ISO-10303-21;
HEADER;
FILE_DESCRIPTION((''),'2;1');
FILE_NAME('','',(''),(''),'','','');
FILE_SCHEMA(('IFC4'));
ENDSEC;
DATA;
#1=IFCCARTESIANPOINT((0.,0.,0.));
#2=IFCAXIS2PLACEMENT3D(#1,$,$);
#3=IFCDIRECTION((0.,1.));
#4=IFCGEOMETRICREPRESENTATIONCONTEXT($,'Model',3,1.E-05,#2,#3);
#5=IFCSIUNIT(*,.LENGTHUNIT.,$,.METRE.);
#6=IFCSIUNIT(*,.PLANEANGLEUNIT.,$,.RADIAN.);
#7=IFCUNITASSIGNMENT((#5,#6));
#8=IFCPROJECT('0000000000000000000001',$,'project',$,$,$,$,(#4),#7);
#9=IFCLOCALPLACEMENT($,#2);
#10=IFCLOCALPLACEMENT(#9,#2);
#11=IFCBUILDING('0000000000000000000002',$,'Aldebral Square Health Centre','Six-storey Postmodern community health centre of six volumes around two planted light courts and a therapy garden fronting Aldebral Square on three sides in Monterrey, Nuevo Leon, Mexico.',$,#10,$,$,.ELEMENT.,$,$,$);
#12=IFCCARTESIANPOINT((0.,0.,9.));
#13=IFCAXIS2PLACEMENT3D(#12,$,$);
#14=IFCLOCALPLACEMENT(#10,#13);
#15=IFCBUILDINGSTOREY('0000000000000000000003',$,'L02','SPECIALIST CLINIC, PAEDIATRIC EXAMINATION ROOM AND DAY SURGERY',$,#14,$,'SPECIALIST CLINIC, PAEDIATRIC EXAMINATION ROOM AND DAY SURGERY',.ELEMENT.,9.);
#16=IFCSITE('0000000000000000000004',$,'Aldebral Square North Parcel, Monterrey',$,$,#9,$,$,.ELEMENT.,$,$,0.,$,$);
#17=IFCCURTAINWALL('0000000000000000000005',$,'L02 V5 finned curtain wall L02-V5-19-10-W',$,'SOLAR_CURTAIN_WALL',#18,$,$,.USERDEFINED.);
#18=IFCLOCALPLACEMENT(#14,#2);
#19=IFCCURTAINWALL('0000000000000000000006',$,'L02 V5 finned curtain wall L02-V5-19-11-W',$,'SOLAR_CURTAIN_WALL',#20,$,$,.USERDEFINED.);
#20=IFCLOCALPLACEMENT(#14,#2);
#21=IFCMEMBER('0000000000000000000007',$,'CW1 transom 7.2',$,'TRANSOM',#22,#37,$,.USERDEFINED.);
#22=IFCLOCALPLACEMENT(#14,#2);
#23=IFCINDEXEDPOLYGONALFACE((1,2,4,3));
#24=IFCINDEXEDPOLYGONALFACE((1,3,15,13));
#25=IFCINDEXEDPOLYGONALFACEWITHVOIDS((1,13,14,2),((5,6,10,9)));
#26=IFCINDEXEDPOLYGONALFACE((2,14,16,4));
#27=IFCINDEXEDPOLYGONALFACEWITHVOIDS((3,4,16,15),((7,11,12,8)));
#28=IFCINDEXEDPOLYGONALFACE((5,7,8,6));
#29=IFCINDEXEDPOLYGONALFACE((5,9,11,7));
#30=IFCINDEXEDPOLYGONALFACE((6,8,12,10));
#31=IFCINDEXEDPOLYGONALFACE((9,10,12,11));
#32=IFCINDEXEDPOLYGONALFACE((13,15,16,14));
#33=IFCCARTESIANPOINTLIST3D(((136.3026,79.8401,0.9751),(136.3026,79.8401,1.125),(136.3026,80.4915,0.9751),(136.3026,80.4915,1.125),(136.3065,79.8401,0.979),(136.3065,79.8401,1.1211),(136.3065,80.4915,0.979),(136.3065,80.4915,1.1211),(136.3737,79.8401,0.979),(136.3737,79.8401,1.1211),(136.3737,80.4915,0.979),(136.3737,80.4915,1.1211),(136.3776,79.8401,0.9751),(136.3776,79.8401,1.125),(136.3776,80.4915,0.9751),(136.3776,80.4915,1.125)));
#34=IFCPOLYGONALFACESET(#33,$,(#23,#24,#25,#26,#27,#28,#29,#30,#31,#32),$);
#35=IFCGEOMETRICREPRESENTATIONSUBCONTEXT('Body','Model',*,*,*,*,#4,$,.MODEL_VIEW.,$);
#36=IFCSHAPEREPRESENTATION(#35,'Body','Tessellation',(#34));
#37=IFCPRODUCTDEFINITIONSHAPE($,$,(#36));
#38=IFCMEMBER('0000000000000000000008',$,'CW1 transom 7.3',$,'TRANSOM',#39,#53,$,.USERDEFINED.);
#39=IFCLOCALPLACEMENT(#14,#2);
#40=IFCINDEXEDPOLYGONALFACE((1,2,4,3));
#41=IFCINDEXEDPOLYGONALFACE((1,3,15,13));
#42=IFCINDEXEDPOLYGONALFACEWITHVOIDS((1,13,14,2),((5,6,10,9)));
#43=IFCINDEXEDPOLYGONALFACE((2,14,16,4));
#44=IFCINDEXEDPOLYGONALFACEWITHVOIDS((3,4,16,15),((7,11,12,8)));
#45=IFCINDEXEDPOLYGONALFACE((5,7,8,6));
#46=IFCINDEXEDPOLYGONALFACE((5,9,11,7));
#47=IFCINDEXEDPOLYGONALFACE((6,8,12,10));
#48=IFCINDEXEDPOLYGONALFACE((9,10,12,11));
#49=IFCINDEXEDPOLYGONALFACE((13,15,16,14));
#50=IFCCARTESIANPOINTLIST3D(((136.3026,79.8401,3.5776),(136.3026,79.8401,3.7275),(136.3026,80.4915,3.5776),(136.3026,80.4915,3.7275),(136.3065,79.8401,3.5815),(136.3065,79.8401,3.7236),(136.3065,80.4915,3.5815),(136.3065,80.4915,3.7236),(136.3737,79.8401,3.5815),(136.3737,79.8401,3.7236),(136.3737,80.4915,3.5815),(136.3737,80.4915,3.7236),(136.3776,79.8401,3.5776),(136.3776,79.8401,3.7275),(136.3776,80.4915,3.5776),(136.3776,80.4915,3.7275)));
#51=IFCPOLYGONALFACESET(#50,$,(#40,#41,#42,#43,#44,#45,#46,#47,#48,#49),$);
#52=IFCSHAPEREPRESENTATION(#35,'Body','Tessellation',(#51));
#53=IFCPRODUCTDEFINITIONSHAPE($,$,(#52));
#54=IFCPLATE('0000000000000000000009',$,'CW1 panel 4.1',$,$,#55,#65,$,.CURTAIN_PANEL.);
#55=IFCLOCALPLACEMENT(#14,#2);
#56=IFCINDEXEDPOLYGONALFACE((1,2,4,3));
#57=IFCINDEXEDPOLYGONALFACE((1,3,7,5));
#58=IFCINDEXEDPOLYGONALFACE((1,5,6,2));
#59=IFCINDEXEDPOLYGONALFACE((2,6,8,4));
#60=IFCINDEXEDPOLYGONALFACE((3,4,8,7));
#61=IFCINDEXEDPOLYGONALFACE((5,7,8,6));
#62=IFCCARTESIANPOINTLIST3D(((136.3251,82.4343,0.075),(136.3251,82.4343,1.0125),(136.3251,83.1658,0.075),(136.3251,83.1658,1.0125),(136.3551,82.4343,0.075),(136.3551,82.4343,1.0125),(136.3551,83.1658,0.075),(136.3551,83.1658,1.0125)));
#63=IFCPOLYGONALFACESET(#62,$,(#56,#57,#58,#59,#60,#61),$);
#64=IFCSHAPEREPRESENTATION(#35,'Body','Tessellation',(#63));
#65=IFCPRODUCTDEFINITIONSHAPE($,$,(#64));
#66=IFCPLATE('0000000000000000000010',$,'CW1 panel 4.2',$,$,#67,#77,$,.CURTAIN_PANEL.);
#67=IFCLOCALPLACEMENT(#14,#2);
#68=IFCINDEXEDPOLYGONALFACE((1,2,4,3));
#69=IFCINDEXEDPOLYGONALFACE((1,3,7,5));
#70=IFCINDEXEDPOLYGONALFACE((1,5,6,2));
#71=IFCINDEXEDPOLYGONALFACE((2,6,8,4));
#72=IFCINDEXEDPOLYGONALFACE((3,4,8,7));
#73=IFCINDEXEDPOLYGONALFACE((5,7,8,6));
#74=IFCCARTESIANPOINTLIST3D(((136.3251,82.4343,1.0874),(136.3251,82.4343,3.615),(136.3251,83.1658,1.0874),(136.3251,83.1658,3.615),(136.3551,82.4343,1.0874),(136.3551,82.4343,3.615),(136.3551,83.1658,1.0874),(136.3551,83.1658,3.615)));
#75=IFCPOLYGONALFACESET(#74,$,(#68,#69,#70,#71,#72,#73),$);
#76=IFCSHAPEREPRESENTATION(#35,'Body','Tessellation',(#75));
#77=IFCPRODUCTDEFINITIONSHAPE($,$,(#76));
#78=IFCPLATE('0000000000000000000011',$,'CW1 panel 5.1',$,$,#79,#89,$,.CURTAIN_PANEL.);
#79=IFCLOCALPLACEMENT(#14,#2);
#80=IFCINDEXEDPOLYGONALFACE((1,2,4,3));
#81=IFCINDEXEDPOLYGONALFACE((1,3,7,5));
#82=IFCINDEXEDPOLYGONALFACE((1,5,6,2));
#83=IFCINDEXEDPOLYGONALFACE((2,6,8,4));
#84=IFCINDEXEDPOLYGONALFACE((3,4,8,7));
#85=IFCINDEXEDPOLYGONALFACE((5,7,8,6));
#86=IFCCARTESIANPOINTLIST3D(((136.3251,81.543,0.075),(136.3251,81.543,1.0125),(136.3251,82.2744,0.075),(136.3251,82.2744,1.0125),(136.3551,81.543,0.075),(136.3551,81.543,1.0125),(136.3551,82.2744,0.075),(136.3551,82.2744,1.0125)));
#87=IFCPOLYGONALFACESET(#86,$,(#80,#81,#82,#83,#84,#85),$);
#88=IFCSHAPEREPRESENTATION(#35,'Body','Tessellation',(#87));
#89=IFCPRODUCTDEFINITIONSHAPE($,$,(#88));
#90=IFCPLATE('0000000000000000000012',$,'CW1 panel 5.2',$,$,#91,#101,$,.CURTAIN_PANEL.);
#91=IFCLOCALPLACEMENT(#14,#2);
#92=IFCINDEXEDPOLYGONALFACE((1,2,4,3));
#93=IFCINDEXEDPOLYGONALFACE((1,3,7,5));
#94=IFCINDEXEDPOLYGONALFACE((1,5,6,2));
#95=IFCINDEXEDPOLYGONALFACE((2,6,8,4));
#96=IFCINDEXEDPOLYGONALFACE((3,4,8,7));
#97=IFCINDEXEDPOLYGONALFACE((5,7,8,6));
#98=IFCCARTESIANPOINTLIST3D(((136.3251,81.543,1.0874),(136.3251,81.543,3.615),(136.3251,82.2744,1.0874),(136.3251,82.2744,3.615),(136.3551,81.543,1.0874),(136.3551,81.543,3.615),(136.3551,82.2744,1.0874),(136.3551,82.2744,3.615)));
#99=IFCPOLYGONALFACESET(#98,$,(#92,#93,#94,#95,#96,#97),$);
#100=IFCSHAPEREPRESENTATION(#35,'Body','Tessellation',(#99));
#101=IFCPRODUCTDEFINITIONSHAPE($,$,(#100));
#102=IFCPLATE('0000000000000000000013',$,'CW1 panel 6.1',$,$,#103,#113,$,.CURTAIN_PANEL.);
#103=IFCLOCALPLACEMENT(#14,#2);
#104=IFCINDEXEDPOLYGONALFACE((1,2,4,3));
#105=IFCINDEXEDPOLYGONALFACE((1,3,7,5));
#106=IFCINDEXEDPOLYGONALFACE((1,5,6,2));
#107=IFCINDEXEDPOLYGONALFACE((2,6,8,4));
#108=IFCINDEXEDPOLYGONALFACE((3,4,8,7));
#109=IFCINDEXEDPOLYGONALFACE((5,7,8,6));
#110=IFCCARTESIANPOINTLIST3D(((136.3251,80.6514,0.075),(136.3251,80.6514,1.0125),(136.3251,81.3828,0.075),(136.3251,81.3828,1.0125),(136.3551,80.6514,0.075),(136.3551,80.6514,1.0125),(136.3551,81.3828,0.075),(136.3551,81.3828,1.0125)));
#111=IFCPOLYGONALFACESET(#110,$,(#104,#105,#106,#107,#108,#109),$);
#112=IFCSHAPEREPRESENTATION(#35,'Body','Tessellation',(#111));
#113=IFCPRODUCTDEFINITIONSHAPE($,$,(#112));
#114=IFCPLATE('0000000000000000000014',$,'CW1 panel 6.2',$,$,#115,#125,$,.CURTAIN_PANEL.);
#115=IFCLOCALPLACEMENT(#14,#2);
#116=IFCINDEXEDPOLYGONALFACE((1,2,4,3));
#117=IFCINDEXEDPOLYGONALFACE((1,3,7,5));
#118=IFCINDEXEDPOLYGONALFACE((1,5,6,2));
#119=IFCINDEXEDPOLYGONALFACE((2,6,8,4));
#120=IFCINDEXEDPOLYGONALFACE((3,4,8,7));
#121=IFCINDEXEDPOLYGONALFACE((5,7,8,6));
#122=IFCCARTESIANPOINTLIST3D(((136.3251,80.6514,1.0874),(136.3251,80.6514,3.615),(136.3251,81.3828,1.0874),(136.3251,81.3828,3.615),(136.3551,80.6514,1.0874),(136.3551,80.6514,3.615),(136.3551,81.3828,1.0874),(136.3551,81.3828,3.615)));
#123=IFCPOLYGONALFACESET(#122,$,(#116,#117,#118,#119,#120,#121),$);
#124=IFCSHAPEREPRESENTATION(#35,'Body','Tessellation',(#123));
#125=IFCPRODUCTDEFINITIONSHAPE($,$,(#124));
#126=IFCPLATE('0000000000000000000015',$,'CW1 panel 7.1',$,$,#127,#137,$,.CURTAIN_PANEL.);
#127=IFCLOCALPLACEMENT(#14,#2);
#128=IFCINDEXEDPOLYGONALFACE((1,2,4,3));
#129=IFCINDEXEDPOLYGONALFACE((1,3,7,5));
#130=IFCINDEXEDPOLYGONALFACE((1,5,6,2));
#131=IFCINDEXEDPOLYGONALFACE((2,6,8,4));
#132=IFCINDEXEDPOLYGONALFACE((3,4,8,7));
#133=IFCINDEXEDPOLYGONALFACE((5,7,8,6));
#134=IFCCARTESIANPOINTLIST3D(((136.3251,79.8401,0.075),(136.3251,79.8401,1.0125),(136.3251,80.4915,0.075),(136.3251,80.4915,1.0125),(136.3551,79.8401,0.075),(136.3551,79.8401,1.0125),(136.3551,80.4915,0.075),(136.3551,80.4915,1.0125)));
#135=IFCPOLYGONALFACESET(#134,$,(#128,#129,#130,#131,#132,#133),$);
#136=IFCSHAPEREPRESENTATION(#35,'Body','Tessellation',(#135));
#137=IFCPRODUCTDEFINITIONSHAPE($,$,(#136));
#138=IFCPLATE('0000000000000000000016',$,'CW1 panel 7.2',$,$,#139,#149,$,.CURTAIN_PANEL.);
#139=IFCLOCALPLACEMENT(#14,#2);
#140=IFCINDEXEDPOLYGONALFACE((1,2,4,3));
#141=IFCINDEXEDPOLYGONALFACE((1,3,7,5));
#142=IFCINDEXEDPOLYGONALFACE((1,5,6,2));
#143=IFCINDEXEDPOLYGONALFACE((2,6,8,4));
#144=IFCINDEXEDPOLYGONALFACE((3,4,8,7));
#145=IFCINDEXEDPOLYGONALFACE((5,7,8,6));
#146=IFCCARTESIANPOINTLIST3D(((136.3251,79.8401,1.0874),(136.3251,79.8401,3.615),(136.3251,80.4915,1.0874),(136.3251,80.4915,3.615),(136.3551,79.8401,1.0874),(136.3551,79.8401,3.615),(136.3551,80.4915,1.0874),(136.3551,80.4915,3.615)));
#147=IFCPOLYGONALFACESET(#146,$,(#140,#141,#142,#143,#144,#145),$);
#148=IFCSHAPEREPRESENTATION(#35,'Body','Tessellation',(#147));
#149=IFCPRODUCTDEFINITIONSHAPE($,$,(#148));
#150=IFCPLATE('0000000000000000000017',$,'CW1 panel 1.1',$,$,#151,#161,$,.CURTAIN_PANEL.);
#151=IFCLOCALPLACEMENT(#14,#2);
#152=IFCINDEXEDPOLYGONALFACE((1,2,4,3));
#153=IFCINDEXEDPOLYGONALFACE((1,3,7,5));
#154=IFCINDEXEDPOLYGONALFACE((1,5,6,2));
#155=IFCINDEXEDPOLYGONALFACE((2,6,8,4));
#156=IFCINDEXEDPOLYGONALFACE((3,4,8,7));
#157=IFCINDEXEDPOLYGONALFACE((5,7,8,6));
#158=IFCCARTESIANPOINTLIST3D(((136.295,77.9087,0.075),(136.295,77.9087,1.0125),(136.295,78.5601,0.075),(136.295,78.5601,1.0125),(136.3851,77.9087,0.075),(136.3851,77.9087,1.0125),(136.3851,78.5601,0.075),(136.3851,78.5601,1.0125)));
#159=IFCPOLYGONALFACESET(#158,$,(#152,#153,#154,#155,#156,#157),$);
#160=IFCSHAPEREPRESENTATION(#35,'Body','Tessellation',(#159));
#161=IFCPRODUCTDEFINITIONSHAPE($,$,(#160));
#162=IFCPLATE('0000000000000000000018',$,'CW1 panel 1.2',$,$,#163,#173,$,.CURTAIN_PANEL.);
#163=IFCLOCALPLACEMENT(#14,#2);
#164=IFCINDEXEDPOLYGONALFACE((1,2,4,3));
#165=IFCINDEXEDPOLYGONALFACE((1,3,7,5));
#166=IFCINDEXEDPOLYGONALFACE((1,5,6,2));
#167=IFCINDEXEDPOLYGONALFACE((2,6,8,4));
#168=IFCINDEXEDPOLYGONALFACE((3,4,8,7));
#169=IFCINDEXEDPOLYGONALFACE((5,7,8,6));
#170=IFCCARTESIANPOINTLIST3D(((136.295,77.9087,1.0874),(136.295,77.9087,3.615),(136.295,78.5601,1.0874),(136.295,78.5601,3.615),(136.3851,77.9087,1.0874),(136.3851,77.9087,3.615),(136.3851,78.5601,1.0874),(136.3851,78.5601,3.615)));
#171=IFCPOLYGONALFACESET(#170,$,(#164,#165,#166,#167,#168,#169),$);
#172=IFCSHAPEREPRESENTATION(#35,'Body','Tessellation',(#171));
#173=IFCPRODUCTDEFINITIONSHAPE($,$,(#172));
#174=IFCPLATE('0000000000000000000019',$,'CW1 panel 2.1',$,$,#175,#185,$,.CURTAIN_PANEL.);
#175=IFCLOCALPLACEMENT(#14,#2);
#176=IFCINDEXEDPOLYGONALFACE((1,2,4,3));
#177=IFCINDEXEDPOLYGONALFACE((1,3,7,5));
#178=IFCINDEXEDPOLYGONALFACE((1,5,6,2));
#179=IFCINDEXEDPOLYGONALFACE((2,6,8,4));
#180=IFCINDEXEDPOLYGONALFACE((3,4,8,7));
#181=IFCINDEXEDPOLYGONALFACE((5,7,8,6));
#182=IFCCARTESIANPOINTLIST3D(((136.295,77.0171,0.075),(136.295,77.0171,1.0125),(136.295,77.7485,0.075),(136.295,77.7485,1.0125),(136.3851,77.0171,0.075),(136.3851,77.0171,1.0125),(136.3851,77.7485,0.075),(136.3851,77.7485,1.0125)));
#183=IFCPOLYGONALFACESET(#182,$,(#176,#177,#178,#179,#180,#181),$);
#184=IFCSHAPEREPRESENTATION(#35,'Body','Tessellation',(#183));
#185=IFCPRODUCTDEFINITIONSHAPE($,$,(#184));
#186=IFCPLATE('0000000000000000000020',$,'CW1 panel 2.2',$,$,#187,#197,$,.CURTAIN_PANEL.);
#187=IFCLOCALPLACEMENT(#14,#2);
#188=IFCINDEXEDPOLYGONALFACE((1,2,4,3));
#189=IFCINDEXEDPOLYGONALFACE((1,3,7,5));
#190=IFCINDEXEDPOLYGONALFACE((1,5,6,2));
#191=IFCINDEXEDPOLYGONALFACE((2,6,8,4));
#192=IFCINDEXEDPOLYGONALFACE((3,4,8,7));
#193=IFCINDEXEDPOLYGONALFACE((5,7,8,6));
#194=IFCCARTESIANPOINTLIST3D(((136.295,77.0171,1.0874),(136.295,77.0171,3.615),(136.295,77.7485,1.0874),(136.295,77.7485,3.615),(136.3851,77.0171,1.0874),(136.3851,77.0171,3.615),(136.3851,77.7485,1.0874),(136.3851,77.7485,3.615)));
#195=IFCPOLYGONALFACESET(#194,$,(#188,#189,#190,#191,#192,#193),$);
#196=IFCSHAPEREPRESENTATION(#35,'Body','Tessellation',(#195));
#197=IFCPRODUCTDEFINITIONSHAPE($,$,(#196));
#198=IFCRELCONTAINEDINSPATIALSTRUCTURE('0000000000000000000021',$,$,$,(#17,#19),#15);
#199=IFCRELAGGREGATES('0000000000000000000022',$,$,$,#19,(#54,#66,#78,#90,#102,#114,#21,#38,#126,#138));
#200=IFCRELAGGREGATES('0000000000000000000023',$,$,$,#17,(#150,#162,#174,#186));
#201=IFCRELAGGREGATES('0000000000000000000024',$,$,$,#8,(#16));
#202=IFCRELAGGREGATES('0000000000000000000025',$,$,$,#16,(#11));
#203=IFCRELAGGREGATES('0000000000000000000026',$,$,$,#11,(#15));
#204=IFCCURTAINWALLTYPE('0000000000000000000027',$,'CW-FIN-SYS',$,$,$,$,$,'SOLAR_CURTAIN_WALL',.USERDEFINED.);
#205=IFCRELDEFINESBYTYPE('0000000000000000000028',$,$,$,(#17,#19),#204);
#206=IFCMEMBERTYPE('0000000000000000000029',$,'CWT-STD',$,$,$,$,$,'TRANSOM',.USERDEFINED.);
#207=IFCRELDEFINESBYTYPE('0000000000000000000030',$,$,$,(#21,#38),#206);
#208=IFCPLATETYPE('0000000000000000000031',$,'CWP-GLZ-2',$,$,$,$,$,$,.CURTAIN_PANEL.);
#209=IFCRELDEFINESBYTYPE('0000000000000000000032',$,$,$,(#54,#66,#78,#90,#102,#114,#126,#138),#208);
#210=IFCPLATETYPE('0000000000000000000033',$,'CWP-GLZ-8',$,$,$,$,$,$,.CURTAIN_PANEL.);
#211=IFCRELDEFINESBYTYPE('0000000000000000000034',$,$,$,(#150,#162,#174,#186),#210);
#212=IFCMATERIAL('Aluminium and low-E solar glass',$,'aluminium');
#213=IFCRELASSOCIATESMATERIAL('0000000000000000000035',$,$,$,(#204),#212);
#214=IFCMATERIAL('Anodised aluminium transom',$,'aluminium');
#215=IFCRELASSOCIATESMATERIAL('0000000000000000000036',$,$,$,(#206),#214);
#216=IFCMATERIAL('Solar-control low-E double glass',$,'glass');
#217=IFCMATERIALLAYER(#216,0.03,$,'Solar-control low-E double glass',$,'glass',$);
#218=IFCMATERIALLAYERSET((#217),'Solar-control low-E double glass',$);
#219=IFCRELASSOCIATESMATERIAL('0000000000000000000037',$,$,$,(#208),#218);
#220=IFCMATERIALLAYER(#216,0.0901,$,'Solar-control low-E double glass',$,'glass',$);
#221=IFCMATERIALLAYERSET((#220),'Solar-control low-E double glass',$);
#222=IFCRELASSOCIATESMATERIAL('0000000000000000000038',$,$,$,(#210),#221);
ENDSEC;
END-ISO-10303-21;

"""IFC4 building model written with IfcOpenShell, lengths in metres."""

from ifc_helpers import new_model, si_unit, direction, frame, origin, origin_2d, place, context, subcontext, project, spatial, rectangle, hollow_rectangle, extrude, material, layer, layer_set, material_profile, profile_set, type_object, element, aggregate, save


model = new_model("IFC4")

# Units and contexts
model_context = context("Model", 3, precision=1e-05, world=origin(), true_north=direction((0.0, 1.0)))
body_context = subcontext(model_context, "Body", "Model", "MODEL_VIEW")
ifc_project = project(units=[si_unit("LENGTHUNIT", "METRE"), si_unit("PLANEANGLEUNIT", "RADIAN")], contexts=[model_context])

# Site, building, storey
site_placement = place(None, origin())
site = spatial("IfcSite", under=ifc_project, at=site_placement, Name="Aldebral Square North Parcel, Monterrey", CompositionType="ELEMENT", RefElevation=0.0)
building_placement = place(site_placement, origin())
building = spatial("IfcBuilding", under=site, at=building_placement, Name="Aldebral Square Health Centre", Description="Six-storey Postmodern community health centre of six volumes around two planted light courts and a therapy garden fronting Aldebral Square on three sides in Monterrey, Nuevo Leon, Mexico.", CompositionType="ELEMENT")
storey_placement = place(building_placement, frame((0.0, 0.0, 9.0)))
storey = spatial("IfcBuildingStorey", under=building, at=storey_placement, Name="L02", Description="SPECIALIST CLINIC, PAEDIATRIC EXAMINATION ROOM AND DAY SURGERY", LongName="SPECIALIST CLINIC, PAEDIATRIC EXAMINATION ROOM AND DAY SURGERY", CompositionType="ELEMENT", Elevation=9.0)

# Curtain walls
ifc_material_1 = material(Name="Aluminium and low-E solar glass", Category="aluminium")
curtain_wall_type = type_object("IfcCurtainWallType", Name="CW-FIN-SYS", ElementType="SOLAR_CURTAIN_WALL", PredefinedType="USERDEFINED", material=ifc_material_1)
curtain_wall_1_placement = place(storey_placement, origin())
curtain_wall_1 = element("IfcCurtainWall", 1, at=curtain_wall_1_placement, inside=storey, type_object=curtain_wall_type, Name="L02 V5 finned curtain wall L02-V5-19-10-W", ObjectType="SOLAR_CURTAIN_WALL", PredefinedType="USERDEFINED")
curtain_wall_2_placement = place(storey_placement, origin())
curtain_wall_2 = element("IfcCurtainWall", 2, at=curtain_wall_2_placement, inside=storey, type_object=curtain_wall_type, Name="L02 V5 finned curtain wall L02-V5-19-11-W", ObjectType="SOLAR_CURTAIN_WALL", PredefinedType="USERDEFINED")

# Members
ifc_material_2 = material(Name="Anodised aluminium transom", Category="aluminium")
ifc_material_profile_1 = material_profile(ifc_material_2, hollow_rectangle(XDim=0.075, YDim=0.1499, WallThickness=0.0039, at=origin_2d()), Name="CWT 75x150x4")
ifc_profile_set_1 = profile_set([ifc_material_profile_1], Name="Anodised aluminium transom")
member_type_1 = type_object("IfcMemberType", Name="CWT-STD", ElementType="TRANSOM", PredefinedType="USERDEFINED", material=ifc_profile_set_1)
member_1_placement = place(storey_placement, frame((136.3401, 80.4915, 1.05), z_axis=(0.0, -1.0, 0.0), x_axis=(1.0, 0.0, 0.0)))
member_1 = element("IfcMember", 3, at=member_1_placement, type_object=member_type_1, Name="CW1 transom 7.2", ObjectType="TRANSOM", PredefinedType="USERDEFINED", context=body_context, shape_type="SweptSolid", body=[
    extrude(hollow_rectangle(XDim=0.075, YDim=0.1499, WallThickness=0.0039, at=origin_2d()), origin(), (0.0, 0.0, 1.0), 0.6514),
])
member_2_placement = place(storey_placement, frame((136.3401, 80.4915, 3.6526), z_axis=(0.0, -1.0, 0.0), x_axis=(1.0, 0.0, 0.0)))
member_2 = element("IfcMember", 4, at=member_2_placement, type_object=member_type_1, Name="CW1 transom 7.3", ObjectType="TRANSOM", PredefinedType="USERDEFINED", context=body_context, shape_type="SweptSolid", body=[
    extrude(hollow_rectangle(XDim=0.075, YDim=0.1499, WallThickness=0.0039, at=origin_2d()), origin(), (0.0, 0.0, 1.0), 0.6514),
])

# Plates
ifc_material_3 = material(Name="Solar-control low-E double glass", Category="glass")
ifc_layer_1 = layer(ifc_material_3, 0.03, Name="Solar-control low-E double glass", Category="glass")
ifc_layer_set_1 = layer_set([ifc_layer_1], Name="Solar-control low-E double glass")
plate_type_1 = type_object("IfcPlateType", Name="CWP-GLZ-2", PredefinedType="CURTAIN_PANEL", material=ifc_layer_set_1)
plate_1_placement = place(storey_placement, frame((136.3401, 82.8, 0.075), z_axis=(0.0, 0.0, 1.0), x_axis=(0.0, -1.0, 0.0)))
plate_1 = element("IfcPlate", 5, at=plate_1_placement, type_object=plate_type_1, Name="CW1 panel 4.1", PredefinedType="CURTAIN_PANEL", context=body_context, shape_type="SweptSolid", body=[
    extrude(rectangle(XDim=0.7314, YDim=0.03, at=origin_2d()), origin(), (0.0, 0.0, 1.0), 0.9375),
])
plate_2_placement = place(storey_placement, frame((136.3401, 82.8, 1.0874), z_axis=(0.0, 0.0, 1.0), x_axis=(0.0, -1.0, 0.0)))
plate_2 = element("IfcPlate", 6, at=plate_2_placement, type_object=plate_type_1, Name="CW1 panel 4.2", PredefinedType="CURTAIN_PANEL", context=body_context, shape_type="SweptSolid", body=[
    extrude(rectangle(XDim=0.7314, YDim=0.03, at=origin_2d()), origin(), (0.0, 0.0, 1.0), 2.5276),
])
plate_3_placement = place(storey_placement, frame((136.3401, 81.9087, 0.075), z_axis=(0.0, 0.0, 1.0), x_axis=(0.0, -1.0, 0.0)))
plate_3 = element("IfcPlate", 7, at=plate_3_placement, type_object=plate_type_1, Name="CW1 panel 5.1", PredefinedType="CURTAIN_PANEL", context=body_context, shape_type="SweptSolid", body=[
    extrude(rectangle(XDim=0.7314, YDim=0.03, at=origin_2d()), origin(), (0.0, 0.0, 1.0), 0.9375),
])
plate_4_placement = place(storey_placement, frame((136.3401, 81.9087, 1.0874), z_axis=(0.0, 0.0, 1.0), x_axis=(0.0, -1.0, 0.0)))
plate_4 = element("IfcPlate", 8, at=plate_4_placement, type_object=plate_type_1, Name="CW1 panel 5.2", PredefinedType="CURTAIN_PANEL", context=body_context, shape_type="SweptSolid", body=[
    extrude(rectangle(XDim=0.7314, YDim=0.03, at=origin_2d()), origin(), (0.0, 0.0, 1.0), 2.5276),
])
plate_5_placement = place(storey_placement, frame((136.3401, 81.0171, 0.075), z_axis=(0.0, 0.0, 1.0), x_axis=(0.0, -1.0, 0.0)))
plate_5 = element("IfcPlate", 9, at=plate_5_placement, type_object=plate_type_1, Name="CW1 panel 6.1", PredefinedType="CURTAIN_PANEL", context=body_context, shape_type="SweptSolid", body=[
    extrude(rectangle(XDim=0.7314, YDim=0.03, at=origin_2d()), origin(), (0.0, 0.0, 1.0), 0.9375),
])
plate_6_placement = place(storey_placement, frame((136.3401, 81.0171, 1.0874), z_axis=(0.0, 0.0, 1.0), x_axis=(0.0, -1.0, 0.0)))
plate_6 = element("IfcPlate", 10, at=plate_6_placement, type_object=plate_type_1, Name="CW1 panel 6.2", PredefinedType="CURTAIN_PANEL", context=body_context, shape_type="SweptSolid", body=[
    extrude(rectangle(XDim=0.7314, YDim=0.03, at=origin_2d()), origin(), (0.0, 0.0, 1.0), 2.5276),
])
plate_7_placement = place(storey_placement, frame((136.3401, 80.1658, 0.075), z_axis=(0.0, 0.0, 1.0), x_axis=(0.0, -1.0, 0.0)))
plate_7 = element("IfcPlate", 11, at=plate_7_placement, type_object=plate_type_1, Name="CW1 panel 7.1", PredefinedType="CURTAIN_PANEL", context=body_context, shape_type="SweptSolid", body=[
    extrude(rectangle(XDim=0.6514, YDim=0.03, at=origin_2d()), origin(), (0.0, 0.0, 1.0), 0.9375),
])
plate_8_placement = place(storey_placement, frame((136.3401, 80.1658, 1.0874), z_axis=(0.0, 0.0, 1.0), x_axis=(0.0, -1.0, 0.0)))
plate_8 = element("IfcPlate", 12, at=plate_8_placement, type_object=plate_type_1, Name="CW1 panel 7.2", PredefinedType="CURTAIN_PANEL", context=body_context, shape_type="SweptSolid", body=[
    extrude(rectangle(XDim=0.6514, YDim=0.03, at=origin_2d()), origin(), (0.0, 0.0, 1.0), 2.5276),
])
aggregate(curtain_wall_2, [plate_1, plate_2, plate_3, plate_4, plate_5, plate_6, member_1, member_2, plate_7, plate_8])
ifc_layer_2 = layer(ifc_material_3, 0.0901, Name="Solar-control low-E double glass", Category="glass")
ifc_layer_set_2 = layer_set([ifc_layer_2], Name="Solar-control low-E double glass")
plate_type_2 = type_object("IfcPlateType", Name="CWP-GLZ-8", PredefinedType="CURTAIN_PANEL", material=ifc_layer_set_2)
plate_9_placement = place(storey_placement, frame((136.3401, 78.2344, 0.075), z_axis=(0.0, 0.0, 1.0), x_axis=(0.0, -1.0, 0.0)))
plate_9 = element("IfcPlate", 13, at=plate_9_placement, type_object=plate_type_2, Name="CW1 panel 1.1", PredefinedType="CURTAIN_PANEL", context=body_context, shape_type="SweptSolid", body=[
    extrude(rectangle(XDim=0.6514, YDim=0.0901, at=origin_2d()), origin(), (0.0, 0.0, 1.0), 0.9375),
])
plate_10_placement = place(storey_placement, frame((136.3401, 78.2344, 1.0874), z_axis=(0.0, 0.0, 1.0), x_axis=(0.0, -1.0, 0.0)))
plate_10 = element("IfcPlate", 14, at=plate_10_placement, type_object=plate_type_2, Name="CW1 panel 1.2", PredefinedType="CURTAIN_PANEL", context=body_context, shape_type="SweptSolid", body=[
    extrude(rectangle(XDim=0.6514, YDim=0.0901, at=origin_2d()), origin(), (0.0, 0.0, 1.0), 2.5276),
])
plate_11_placement = place(storey_placement, frame((136.3401, 77.3828, 0.075), z_axis=(0.0, 0.0, 1.0), x_axis=(0.0, -1.0, 0.0)))
plate_11 = element("IfcPlate", 15, at=plate_11_placement, type_object=plate_type_2, Name="CW1 panel 2.1", PredefinedType="CURTAIN_PANEL", context=body_context, shape_type="SweptSolid", body=[
    extrude(rectangle(XDim=0.7314, YDim=0.0901, at=origin_2d()), origin(), (0.0, 0.0, 1.0), 0.9375),
])
plate_12_placement = place(storey_placement, frame((136.3401, 77.3828, 1.0874), z_axis=(0.0, 0.0, 1.0), x_axis=(0.0, -1.0, 0.0)))
plate_12 = element("IfcPlate", 16, at=plate_12_placement, type_object=plate_type_2, Name="CW1 panel 2.2", PredefinedType="CURTAIN_PANEL", context=body_context, shape_type="SweptSolid", body=[
    extrude(rectangle(XDim=0.7314, YDim=0.0901, at=origin_2d()), origin(), (0.0, 0.0, 1.0), 2.5276),
])
aggregate(curtain_wall_1, [plate_9, plate_10, plate_11, plate_12])

save(model, "model.ifc")
